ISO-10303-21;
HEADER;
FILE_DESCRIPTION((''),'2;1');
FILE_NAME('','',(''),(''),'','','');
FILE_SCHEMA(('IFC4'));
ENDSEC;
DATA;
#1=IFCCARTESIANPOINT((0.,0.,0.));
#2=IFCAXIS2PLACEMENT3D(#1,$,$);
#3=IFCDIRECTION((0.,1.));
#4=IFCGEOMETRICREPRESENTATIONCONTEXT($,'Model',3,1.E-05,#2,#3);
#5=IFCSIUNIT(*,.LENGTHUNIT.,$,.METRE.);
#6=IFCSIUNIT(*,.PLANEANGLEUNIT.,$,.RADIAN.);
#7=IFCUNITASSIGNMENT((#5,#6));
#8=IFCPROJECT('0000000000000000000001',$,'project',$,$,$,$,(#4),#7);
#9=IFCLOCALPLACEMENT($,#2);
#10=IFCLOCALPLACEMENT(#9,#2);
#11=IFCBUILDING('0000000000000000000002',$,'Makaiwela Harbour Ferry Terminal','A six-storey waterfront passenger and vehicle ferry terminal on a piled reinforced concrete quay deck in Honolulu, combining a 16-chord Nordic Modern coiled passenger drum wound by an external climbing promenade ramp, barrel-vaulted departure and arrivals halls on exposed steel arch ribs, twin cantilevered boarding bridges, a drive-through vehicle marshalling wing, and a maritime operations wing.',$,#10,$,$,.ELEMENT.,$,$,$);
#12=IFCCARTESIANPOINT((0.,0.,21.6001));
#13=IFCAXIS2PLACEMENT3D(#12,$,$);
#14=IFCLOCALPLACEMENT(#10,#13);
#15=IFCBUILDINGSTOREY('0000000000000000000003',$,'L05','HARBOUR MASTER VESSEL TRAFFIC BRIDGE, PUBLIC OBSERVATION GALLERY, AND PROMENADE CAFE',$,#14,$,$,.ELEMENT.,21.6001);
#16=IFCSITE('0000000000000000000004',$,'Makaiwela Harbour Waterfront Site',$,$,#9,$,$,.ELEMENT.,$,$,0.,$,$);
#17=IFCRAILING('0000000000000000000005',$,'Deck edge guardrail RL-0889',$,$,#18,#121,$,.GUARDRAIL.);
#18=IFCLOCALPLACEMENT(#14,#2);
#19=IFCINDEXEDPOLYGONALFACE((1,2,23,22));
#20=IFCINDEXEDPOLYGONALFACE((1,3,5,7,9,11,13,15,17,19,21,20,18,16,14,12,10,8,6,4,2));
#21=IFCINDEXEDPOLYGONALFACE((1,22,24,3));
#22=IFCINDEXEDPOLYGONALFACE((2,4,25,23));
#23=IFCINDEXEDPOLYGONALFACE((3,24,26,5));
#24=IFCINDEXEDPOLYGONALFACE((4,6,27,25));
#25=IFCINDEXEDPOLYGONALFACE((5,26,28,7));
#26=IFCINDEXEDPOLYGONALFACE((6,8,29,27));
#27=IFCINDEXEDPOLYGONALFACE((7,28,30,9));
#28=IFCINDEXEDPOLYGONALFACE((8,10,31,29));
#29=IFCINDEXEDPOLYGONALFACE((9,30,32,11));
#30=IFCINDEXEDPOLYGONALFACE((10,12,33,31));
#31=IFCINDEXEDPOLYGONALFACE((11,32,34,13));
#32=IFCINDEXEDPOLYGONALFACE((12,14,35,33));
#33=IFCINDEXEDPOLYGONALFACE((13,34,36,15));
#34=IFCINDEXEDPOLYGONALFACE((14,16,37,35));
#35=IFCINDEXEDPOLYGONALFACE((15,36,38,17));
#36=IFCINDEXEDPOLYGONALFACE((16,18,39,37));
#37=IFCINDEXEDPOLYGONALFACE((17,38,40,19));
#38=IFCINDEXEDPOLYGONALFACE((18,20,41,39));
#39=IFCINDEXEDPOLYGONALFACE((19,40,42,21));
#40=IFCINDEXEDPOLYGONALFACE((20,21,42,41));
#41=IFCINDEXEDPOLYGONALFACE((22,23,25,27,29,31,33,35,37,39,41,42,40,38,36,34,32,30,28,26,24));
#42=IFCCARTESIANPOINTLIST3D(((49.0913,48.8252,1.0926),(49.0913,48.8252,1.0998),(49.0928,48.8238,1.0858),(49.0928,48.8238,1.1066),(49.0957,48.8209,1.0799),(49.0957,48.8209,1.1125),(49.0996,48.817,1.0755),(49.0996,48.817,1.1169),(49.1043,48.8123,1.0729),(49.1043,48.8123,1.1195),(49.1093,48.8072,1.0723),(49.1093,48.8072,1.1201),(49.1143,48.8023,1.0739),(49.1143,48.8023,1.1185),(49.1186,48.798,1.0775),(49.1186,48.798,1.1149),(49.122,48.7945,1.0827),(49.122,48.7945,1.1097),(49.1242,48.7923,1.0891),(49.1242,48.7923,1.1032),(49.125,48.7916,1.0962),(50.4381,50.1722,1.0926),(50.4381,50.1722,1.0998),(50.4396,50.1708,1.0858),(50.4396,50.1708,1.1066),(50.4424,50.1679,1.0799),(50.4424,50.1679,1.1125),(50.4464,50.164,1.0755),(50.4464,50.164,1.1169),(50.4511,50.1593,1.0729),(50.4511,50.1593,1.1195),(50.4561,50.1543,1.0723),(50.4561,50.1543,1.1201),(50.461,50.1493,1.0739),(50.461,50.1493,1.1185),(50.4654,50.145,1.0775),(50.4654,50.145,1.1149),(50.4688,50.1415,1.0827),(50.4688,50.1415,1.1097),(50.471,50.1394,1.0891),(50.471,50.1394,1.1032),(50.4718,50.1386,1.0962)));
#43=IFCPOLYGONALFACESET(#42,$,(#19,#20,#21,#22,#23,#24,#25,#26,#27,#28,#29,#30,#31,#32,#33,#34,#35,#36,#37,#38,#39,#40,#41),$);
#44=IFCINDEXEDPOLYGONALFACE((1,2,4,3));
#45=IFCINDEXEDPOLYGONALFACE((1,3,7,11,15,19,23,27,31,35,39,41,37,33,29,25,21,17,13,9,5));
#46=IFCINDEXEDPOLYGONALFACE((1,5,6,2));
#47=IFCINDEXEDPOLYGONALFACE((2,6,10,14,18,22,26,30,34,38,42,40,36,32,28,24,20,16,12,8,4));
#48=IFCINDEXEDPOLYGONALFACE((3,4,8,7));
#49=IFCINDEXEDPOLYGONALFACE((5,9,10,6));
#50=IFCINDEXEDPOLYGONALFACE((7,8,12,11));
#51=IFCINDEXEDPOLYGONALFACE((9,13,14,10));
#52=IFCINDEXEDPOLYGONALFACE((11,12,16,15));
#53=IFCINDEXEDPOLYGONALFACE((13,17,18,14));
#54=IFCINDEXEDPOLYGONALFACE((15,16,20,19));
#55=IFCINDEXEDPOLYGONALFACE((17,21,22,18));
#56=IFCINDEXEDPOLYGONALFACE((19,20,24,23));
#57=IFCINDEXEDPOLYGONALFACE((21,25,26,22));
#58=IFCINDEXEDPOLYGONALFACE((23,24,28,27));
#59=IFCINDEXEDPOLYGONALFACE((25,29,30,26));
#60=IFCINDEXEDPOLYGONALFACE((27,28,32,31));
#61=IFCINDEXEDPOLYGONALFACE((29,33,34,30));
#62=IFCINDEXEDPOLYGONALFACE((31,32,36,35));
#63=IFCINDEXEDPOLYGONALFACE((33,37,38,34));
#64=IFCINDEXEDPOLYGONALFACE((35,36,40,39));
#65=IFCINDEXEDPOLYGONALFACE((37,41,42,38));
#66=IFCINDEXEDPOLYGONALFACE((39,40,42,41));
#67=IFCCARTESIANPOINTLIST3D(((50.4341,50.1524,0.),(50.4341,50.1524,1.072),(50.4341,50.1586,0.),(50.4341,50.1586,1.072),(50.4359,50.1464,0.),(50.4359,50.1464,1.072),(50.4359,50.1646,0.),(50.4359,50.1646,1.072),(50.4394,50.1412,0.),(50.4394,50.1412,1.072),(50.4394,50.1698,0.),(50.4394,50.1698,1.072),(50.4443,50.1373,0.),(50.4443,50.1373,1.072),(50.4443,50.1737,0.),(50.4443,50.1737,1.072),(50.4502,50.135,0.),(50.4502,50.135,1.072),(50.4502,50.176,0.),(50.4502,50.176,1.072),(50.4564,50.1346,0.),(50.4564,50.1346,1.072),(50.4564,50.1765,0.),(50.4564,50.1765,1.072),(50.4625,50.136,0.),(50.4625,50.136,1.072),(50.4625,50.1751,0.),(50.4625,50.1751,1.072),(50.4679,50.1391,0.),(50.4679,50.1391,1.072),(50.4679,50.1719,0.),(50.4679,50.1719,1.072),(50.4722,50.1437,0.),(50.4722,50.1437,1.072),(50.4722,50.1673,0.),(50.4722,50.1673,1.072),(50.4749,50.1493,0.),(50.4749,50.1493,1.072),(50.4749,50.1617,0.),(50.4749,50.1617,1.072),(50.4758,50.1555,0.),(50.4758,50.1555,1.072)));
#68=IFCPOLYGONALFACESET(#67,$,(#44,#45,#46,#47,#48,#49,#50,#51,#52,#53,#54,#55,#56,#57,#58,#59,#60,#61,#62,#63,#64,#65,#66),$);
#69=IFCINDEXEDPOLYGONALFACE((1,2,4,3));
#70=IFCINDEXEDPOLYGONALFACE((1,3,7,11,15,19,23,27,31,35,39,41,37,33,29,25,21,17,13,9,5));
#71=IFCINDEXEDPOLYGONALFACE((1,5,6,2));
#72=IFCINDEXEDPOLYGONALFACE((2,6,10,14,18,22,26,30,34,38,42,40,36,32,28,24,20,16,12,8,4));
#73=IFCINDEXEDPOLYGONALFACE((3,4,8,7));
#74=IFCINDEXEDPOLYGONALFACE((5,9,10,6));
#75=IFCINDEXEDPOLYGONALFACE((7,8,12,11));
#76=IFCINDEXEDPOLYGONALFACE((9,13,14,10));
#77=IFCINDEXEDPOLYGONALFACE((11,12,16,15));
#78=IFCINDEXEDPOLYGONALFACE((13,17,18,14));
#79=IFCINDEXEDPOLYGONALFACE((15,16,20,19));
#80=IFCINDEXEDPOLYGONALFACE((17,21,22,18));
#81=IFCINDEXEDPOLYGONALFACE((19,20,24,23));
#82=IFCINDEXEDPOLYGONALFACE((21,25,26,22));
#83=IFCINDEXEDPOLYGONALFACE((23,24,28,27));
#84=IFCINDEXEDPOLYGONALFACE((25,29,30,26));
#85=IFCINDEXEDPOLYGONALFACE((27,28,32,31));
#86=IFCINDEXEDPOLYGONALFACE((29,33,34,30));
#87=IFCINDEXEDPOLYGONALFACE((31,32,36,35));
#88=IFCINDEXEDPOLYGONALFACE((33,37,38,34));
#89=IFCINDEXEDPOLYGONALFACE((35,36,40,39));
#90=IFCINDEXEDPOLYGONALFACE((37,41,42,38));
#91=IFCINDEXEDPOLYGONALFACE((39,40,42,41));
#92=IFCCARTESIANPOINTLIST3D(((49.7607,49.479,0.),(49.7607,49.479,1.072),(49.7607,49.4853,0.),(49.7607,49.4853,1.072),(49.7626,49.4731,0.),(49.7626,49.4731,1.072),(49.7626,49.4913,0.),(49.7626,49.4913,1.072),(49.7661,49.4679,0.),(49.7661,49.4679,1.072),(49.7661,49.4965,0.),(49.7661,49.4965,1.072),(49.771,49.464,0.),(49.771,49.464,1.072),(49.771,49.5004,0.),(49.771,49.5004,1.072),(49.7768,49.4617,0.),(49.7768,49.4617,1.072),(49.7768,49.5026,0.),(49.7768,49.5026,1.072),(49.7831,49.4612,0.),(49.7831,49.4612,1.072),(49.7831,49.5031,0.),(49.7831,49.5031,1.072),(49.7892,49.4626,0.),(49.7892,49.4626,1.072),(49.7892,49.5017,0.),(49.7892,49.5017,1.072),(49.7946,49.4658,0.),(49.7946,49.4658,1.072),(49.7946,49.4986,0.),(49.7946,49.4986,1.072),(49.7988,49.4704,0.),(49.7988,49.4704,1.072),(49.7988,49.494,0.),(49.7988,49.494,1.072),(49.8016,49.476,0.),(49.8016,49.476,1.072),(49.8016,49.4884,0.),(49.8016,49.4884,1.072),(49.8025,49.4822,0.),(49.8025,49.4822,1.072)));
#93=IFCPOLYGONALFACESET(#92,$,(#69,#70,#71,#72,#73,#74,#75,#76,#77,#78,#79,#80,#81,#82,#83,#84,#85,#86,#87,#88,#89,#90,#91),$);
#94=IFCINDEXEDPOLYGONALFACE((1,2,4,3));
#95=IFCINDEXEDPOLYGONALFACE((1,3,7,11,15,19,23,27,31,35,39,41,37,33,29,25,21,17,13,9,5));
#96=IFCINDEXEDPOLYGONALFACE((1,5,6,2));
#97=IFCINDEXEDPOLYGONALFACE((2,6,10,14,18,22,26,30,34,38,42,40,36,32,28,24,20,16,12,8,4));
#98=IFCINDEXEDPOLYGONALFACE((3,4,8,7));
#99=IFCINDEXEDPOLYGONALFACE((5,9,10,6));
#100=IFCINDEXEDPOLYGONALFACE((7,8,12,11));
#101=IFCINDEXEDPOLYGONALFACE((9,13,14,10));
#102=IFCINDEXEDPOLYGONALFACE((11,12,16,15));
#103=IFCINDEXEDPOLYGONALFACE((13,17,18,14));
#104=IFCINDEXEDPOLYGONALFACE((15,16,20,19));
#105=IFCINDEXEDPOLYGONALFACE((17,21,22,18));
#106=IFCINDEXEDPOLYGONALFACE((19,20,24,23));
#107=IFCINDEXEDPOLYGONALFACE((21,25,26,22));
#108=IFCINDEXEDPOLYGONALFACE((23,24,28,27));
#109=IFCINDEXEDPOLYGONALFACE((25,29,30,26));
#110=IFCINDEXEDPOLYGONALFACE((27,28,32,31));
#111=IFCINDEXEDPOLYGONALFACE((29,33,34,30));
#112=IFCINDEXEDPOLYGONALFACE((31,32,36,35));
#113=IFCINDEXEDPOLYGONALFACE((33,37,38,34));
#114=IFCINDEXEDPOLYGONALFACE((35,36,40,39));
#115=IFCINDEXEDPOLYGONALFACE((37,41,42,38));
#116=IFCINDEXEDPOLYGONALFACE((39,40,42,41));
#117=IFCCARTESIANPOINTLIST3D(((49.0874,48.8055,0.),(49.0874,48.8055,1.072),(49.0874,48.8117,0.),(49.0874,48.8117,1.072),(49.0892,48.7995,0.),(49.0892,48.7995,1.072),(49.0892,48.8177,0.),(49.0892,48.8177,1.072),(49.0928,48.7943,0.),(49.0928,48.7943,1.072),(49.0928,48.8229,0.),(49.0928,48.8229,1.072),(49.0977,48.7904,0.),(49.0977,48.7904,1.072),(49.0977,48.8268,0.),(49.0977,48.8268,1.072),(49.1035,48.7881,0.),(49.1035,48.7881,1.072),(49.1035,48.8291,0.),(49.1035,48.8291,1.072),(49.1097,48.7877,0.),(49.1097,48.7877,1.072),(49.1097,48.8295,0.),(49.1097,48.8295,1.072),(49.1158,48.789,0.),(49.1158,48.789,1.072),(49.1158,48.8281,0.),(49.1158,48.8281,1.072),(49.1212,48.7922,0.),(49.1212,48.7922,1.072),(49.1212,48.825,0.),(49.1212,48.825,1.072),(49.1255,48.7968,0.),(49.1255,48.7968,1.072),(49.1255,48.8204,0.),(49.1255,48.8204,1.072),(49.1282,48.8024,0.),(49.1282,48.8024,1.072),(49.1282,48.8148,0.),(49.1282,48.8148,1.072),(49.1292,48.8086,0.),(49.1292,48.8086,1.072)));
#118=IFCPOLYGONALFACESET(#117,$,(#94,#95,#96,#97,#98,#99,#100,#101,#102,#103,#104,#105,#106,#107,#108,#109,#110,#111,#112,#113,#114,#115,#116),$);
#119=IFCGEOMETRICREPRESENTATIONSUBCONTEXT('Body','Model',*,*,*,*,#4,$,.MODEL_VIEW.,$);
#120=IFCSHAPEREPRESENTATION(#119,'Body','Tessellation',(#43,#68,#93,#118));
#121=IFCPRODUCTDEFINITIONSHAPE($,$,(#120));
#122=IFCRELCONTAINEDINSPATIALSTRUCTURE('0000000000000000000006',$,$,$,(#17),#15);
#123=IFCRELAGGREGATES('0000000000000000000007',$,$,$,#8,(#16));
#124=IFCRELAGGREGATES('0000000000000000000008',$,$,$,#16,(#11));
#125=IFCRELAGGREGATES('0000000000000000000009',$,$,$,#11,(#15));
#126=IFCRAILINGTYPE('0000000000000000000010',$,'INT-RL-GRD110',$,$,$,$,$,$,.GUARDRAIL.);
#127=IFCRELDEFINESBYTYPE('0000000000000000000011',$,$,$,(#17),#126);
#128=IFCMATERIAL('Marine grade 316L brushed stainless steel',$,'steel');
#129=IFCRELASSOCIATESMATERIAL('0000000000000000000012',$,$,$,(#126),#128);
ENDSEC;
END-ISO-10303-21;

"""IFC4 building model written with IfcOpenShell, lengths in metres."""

from ifc_helpers import new_model, si_unit, direction, frame, origin, origin_2d, place, context, subcontext, project, spatial, circle, extrude, material, type_object, element, save


model = new_model("IFC4")

# Units and contexts
model_context = context("Model", 3, precision=1e-05, world=origin(), true_north=direction((0.0, 1.0)))
body_context = subcontext(model_context, "Body", "Model", "MODEL_VIEW")
ifc_project = project(units=[si_unit("LENGTHUNIT", "METRE"), si_unit("PLANEANGLEUNIT", "RADIAN")], contexts=[model_context])

# Site, building, storey
site_placement = place(None, origin())
site = spatial("IfcSite", under=ifc_project, at=site_placement, Name="Makaiwela Harbour Waterfront Site", CompositionType="ELEMENT", RefElevation=0.0)
building_placement = place(site_placement, origin())
building = spatial("IfcBuilding", under=site, at=building_placement, Name="Makaiwela Harbour Ferry Terminal", Description="A six-storey waterfront passenger and vehicle ferry terminal on a piled reinforced concrete quay deck in Honolulu, combining a 16-chord Nordic Modern coiled passenger drum wound by an external climbing promenade ramp, barrel-vaulted departure and arrivals halls on exposed steel arch ribs, twin cantilevered boarding bridges, a drive-through vehicle marshalling wing, and a maritime operations wing.", CompositionType="ELEMENT")
storey_placement = place(building_placement, frame((0.0, 0.0, 21.6001)))
storey = spatial("IfcBuildingStorey", under=building, at=storey_placement, Name="L05", Description="HARBOUR MASTER VESSEL TRAFFIC BRIDGE, PUBLIC OBSERVATION GALLERY, AND PROMENADE CAFE", CompositionType="ELEMENT", Elevation=21.6001)

# Railing
ifc_material_1 = material(Name="Marine grade 316L brushed stainless steel", Category="steel")
railing_type = type_object("IfcRailingType", Name="INT-RL-GRD110", PredefinedType="GUARDRAIL", material=ifc_material_1)
railing_1_placement = place(storey_placement, frame((50.4548, 50.1555, 0.0)))
element("IfcRailing", 1, at=railing_1_placement, inside=storey, type_object=railing_type, Name="Deck edge guardrail RL-0889", PredefinedType="GUARDRAIL", context=body_context, shape_type="SweptSolid", body=[
    extrude(circle(Radius=0.0239, at=origin_2d()), frame((0.0, 0.0, 1.0962), z_axis=(-0.707043, -0.707171, 0.0), x_axis=(0.707171, -0.707043, 0.0)), (0.0, 0.0, 1.0), 1.9048),
    extrude(circle(Radius=0.021, at=origin_2d()), origin(), (0.0, 0.0, 1.0), 1.072),
    extrude(circle(Radius=0.021, at=origin_2d()), frame((-0.6733, -0.6733, 0.0)), (0.0, 0.0, 1.0), 1.072),
    extrude(circle(Radius=0.021, at=origin_2d()), frame((-1.3467, -1.3469, 0.0)), (0.0, 0.0, 1.0), 1.072),
])

save(model, "model.ifc")
